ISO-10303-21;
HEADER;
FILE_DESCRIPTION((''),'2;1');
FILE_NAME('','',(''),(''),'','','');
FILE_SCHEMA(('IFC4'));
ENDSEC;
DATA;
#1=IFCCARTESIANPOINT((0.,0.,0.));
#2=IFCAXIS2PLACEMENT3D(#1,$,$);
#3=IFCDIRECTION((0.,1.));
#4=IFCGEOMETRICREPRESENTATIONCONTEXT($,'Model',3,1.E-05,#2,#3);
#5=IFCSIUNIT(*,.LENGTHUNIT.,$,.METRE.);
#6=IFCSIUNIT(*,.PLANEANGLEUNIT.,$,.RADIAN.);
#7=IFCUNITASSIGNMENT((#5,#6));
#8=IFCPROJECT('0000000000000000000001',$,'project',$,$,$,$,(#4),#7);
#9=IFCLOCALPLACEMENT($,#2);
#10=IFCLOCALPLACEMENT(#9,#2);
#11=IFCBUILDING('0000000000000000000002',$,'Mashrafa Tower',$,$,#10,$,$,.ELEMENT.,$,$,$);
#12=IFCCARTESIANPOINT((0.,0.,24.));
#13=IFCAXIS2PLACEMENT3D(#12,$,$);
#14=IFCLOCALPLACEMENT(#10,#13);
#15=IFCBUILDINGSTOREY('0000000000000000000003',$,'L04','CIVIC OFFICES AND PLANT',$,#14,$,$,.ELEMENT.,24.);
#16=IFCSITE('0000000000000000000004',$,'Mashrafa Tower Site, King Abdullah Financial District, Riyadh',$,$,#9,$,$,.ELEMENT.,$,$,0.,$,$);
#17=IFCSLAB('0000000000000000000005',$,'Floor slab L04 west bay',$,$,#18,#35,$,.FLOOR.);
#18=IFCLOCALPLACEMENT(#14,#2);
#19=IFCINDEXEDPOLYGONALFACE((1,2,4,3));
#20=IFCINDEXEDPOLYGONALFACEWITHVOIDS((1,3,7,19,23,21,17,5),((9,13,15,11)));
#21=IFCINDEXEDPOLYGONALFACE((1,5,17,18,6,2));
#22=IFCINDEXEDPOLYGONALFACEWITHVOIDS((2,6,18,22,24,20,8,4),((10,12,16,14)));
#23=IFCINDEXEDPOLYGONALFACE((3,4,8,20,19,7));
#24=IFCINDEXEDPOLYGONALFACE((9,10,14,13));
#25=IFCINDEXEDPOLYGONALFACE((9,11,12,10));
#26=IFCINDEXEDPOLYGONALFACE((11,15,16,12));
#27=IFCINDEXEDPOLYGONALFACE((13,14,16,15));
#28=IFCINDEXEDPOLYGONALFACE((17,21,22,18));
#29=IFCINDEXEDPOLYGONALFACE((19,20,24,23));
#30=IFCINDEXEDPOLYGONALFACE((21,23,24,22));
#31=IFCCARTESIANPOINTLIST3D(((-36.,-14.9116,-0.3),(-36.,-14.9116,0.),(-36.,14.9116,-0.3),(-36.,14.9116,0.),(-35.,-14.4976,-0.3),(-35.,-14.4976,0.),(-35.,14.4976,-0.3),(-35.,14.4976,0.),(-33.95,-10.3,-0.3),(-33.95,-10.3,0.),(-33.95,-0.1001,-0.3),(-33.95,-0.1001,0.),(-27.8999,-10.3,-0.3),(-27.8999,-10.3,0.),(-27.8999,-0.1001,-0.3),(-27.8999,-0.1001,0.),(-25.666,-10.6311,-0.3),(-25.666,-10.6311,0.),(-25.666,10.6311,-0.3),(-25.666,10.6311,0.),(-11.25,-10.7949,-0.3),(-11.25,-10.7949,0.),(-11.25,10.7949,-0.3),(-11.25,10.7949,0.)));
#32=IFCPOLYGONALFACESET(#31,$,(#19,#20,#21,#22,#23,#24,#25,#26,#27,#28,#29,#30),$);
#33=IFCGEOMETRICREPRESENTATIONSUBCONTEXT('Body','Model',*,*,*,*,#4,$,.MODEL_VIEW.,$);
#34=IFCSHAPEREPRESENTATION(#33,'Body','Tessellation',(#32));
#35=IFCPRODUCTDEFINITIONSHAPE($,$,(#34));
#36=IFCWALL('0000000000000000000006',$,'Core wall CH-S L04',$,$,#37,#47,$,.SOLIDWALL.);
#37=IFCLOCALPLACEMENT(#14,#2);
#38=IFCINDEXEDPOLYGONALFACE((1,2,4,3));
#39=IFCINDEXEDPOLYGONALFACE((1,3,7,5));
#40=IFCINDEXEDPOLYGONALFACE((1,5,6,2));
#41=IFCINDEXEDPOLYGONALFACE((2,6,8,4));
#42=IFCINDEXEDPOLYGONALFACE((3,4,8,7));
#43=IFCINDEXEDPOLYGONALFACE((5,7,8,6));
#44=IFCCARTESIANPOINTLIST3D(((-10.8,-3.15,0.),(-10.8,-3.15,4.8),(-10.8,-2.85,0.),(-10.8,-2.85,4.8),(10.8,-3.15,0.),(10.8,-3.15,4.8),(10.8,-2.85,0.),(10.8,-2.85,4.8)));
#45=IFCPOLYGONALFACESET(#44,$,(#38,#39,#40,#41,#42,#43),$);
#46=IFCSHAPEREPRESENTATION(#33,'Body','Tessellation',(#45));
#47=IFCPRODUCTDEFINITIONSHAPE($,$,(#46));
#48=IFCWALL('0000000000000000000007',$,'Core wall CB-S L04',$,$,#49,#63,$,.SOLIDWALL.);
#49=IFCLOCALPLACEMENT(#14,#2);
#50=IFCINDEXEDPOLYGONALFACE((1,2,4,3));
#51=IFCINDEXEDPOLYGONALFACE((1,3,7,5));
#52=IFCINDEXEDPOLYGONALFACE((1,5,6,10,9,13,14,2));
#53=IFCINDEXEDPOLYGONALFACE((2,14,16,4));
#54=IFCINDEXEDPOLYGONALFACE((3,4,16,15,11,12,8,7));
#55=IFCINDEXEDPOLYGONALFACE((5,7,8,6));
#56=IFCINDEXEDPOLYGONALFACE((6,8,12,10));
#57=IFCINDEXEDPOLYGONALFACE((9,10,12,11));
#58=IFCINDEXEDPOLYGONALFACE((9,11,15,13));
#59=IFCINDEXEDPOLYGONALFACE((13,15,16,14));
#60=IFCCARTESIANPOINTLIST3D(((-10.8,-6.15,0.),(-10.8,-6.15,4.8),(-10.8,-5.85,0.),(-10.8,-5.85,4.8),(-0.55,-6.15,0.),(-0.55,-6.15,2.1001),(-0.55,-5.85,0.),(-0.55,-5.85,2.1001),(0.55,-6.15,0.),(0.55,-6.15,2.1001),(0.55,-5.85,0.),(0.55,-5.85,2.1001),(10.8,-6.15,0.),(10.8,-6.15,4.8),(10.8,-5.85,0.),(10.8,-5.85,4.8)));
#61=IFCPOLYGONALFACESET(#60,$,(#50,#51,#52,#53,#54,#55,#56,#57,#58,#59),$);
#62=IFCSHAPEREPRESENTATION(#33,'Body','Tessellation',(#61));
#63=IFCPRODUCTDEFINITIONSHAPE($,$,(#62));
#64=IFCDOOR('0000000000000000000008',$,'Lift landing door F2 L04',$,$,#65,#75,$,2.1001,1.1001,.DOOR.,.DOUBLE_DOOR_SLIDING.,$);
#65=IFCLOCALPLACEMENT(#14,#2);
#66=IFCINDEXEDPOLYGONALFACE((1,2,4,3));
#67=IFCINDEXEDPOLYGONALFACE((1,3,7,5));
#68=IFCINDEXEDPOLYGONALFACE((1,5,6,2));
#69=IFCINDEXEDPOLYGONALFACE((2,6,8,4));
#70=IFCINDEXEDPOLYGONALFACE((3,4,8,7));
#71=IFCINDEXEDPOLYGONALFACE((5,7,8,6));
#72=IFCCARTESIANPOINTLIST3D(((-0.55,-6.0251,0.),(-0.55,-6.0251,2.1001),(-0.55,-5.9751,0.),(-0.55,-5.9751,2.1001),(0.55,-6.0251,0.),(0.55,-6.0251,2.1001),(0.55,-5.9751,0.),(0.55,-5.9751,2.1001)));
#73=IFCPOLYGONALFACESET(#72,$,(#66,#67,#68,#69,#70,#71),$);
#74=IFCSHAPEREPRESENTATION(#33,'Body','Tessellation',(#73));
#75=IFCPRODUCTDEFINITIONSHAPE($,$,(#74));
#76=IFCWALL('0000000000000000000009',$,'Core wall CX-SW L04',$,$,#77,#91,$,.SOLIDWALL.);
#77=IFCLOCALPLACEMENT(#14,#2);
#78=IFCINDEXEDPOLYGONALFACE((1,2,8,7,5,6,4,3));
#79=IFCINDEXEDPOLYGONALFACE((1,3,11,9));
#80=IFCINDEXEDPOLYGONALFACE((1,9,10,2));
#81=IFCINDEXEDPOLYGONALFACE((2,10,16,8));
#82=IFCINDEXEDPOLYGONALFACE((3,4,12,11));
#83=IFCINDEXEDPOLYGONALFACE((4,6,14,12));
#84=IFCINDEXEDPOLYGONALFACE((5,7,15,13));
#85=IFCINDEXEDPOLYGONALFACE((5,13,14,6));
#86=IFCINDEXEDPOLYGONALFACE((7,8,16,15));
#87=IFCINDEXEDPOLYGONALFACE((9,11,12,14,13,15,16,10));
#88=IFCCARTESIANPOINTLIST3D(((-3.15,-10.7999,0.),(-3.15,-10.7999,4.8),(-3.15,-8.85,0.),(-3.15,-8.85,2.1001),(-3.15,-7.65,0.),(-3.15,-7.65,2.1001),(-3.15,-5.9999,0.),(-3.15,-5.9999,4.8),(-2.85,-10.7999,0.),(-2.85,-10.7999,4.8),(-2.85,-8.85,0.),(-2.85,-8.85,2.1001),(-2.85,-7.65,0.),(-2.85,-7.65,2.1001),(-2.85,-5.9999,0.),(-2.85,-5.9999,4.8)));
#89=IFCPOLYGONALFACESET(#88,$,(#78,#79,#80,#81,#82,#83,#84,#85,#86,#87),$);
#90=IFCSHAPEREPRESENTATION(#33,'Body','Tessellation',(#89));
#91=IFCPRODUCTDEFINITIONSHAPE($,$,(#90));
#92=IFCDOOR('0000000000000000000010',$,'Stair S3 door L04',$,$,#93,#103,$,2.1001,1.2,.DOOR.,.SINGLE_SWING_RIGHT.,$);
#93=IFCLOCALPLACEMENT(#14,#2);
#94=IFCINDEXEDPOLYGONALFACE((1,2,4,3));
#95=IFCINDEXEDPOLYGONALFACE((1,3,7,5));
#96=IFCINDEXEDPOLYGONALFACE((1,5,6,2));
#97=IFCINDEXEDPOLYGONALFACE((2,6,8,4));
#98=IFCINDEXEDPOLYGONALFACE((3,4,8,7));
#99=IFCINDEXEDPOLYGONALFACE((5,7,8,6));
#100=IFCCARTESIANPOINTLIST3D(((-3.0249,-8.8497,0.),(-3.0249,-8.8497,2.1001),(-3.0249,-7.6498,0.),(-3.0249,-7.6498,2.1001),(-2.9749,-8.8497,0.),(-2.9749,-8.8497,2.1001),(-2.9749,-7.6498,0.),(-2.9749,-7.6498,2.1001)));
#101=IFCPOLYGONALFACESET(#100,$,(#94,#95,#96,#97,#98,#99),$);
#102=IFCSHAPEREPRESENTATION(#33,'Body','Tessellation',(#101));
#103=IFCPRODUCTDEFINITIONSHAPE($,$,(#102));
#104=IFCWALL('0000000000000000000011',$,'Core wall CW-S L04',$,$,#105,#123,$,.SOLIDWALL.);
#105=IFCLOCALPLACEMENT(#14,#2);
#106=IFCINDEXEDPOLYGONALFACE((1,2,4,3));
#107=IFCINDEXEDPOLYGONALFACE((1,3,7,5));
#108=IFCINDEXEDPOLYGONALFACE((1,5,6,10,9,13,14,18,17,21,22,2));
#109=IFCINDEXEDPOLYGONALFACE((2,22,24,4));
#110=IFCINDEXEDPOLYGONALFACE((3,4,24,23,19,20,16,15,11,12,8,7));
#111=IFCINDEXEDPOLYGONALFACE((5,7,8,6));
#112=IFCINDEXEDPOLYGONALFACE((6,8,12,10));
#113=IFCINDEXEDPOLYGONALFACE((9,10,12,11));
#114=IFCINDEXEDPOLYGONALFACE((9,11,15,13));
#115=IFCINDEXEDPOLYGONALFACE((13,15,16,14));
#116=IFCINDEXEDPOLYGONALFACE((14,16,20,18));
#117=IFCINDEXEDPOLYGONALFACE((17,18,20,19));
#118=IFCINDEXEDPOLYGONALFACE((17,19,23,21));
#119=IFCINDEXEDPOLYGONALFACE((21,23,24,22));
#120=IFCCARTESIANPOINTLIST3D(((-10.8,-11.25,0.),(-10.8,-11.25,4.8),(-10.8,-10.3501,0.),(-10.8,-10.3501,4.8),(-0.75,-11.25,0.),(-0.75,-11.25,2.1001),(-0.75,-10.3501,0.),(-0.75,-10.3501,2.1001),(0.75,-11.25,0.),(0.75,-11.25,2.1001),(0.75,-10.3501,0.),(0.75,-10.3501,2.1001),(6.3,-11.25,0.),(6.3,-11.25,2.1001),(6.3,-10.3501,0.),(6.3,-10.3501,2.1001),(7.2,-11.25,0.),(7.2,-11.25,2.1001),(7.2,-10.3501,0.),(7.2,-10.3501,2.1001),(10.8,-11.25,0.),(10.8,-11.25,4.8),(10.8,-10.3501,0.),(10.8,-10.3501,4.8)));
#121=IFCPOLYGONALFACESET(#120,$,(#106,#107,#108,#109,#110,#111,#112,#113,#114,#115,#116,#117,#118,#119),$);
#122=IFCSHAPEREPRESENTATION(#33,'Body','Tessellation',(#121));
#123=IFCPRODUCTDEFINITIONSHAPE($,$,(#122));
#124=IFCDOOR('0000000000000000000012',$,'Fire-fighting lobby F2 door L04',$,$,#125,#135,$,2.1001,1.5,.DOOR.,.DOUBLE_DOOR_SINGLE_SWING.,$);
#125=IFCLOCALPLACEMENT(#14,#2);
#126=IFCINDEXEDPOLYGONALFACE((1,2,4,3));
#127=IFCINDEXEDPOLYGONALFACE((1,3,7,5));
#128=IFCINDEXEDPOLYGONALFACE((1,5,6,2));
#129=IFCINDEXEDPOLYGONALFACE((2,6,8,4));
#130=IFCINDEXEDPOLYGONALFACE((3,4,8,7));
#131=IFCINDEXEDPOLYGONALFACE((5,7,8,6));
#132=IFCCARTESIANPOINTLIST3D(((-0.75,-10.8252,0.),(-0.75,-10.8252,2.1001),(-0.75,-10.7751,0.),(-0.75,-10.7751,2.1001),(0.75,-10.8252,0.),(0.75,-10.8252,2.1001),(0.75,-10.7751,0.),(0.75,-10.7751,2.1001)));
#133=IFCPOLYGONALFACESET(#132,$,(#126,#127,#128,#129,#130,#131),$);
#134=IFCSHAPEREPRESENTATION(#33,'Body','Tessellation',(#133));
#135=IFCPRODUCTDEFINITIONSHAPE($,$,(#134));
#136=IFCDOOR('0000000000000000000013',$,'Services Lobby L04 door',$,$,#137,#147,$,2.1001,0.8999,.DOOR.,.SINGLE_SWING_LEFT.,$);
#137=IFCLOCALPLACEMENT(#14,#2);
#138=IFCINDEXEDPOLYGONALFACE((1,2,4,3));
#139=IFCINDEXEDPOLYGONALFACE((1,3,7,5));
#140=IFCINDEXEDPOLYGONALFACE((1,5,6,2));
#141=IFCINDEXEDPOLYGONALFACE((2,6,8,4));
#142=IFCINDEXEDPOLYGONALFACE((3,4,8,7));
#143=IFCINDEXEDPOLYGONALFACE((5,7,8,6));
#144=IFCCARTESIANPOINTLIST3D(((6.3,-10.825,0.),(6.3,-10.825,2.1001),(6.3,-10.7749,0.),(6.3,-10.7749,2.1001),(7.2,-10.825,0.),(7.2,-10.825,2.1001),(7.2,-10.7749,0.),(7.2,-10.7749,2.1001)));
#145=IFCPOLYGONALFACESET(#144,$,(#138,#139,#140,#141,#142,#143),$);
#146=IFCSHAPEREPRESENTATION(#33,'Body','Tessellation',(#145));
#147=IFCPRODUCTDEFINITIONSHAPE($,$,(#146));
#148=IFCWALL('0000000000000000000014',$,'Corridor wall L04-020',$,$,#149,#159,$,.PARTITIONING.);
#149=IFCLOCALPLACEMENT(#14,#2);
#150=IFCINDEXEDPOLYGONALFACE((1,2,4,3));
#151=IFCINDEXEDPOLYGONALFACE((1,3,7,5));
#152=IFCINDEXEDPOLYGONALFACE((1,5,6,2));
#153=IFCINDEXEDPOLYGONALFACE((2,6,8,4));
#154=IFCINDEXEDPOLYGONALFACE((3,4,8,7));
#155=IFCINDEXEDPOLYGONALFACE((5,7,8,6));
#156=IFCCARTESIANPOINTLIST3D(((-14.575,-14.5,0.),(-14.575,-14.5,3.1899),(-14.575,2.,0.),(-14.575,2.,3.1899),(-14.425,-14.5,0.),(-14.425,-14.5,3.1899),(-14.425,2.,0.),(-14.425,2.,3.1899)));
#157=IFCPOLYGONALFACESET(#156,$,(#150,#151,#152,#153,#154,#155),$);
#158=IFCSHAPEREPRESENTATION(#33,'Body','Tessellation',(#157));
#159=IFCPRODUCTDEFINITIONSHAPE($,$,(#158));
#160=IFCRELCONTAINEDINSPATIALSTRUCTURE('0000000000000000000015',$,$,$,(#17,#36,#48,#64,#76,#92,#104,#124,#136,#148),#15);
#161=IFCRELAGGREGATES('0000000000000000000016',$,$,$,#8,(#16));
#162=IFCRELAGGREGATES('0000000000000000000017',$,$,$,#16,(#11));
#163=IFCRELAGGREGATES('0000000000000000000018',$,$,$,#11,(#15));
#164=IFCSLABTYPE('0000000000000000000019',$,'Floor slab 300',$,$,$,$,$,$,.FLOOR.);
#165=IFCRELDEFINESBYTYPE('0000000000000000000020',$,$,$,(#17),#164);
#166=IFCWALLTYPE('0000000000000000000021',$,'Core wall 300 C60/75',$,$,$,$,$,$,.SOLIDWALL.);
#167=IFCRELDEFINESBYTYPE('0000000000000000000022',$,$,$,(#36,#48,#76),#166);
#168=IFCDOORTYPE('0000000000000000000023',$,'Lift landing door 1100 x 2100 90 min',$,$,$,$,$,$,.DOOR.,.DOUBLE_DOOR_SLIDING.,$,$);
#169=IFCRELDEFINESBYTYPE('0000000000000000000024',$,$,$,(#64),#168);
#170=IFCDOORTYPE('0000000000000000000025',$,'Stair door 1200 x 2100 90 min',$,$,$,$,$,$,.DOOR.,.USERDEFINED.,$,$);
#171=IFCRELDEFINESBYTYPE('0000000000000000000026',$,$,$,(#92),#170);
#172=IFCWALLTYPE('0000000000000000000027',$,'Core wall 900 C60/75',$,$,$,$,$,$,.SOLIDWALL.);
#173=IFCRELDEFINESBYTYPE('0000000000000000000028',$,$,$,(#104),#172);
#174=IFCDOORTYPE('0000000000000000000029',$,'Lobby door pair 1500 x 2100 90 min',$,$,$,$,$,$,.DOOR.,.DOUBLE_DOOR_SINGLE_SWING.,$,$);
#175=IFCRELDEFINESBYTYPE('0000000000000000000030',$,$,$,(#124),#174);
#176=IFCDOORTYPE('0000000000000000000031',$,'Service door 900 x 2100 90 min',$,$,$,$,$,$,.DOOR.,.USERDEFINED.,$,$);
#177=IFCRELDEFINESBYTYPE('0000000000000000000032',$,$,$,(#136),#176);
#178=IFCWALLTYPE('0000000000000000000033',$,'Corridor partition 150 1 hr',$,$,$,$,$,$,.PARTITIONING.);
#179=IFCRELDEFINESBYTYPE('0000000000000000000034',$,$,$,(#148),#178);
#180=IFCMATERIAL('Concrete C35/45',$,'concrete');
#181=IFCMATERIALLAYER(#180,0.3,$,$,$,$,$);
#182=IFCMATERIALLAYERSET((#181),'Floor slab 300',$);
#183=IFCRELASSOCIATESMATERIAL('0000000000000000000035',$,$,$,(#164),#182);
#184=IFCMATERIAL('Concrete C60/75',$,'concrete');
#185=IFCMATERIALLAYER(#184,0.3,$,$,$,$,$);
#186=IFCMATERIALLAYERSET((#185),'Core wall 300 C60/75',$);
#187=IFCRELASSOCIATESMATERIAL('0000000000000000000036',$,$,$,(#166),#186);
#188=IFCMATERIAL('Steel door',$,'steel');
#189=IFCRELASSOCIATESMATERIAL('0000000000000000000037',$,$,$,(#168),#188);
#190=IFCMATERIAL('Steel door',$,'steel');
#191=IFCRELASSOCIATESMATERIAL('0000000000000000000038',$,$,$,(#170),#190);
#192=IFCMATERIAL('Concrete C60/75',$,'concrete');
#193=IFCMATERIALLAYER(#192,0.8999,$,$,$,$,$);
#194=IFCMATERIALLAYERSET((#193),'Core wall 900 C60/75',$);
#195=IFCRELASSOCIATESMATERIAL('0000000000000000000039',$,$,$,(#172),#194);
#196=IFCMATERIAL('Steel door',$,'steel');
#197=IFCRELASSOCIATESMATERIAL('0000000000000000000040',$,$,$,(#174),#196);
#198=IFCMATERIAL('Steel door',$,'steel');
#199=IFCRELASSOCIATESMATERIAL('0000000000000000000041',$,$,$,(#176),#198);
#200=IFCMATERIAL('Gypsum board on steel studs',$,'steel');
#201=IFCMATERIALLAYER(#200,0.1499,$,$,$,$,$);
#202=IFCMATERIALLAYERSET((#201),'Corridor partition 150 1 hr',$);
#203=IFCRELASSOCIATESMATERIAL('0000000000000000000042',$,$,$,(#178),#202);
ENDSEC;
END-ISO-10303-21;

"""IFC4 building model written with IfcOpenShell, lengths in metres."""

from ifc_helpers import new_model, si_unit, direction, frame, frame_2d, origin, place, context, subcontext, project, spatial, polyline, rectangle, outline, extrude, material, layer, layer_set, type_object, element, fill, save


model = new_model("IFC4")

# Units and contexts
model_context = context("Model", 3, precision=1e-05, world=origin(), true_north=direction((0.0, 1.0)))
body_context = subcontext(model_context, "Body", "Model", "MODEL_VIEW")
ifc_project = project(units=[si_unit("LENGTHUNIT", "METRE"), si_unit("PLANEANGLEUNIT", "RADIAN")], contexts=[model_context])

# Site, building, storey
site_placement = place(None, origin())
site = spatial("IfcSite", under=ifc_project, at=site_placement, Name="Mashrafa Tower Site, King Abdullah Financial District, Riyadh", CompositionType="ELEMENT", RefElevation=0.0)
building_placement = place(site_placement, origin())
building = spatial("IfcBuilding", under=site, at=building_placement, Name="Mashrafa Tower", CompositionType="ELEMENT")
storey_placement = place(building_placement, frame((0.0, 0.0, 24.0)))
storey = spatial("IfcBuildingStorey", under=building, at=storey_placement, Name="L04", Description="CIVIC OFFICES AND PLANT", CompositionType="ELEMENT", Elevation=24.0)

# Slab
ifc_material_1 = material(Name="Concrete C35/45", Category="concrete")
ifc_layer_1 = layer(ifc_material_1, 0.3)
ifc_layer_set_1 = layer_set([ifc_layer_1], Name="Floor slab 300")
slab_type = type_object("IfcSlabType", Name="Floor slab 300", PredefinedType="FLOOR", material=ifc_layer_set_1)
slab_1_placement = place(storey_placement, frame((0.0, 0.0, -0.3)))
element("IfcSlab", 1, at=slab_1_placement, inside=storey, type_object=slab_type, Name="Floor slab L04 west bay", PredefinedType="FLOOR", context=body_context, shape_type="SweptSolid", body=[
    extrude(outline(polyline([(-36.0, -14.9116), (-36.0, 14.9116), (-36.0, 14.9116), (-35.0, 14.4976), (-25.666, 10.6311), (-11.25, 10.7949), (-11.25, -10.7949), (-25.666, -10.6311), (-35.0, -14.4976), (-36.0, -14.9116), (-36.0, -14.9116)]), holes=[polyline([(-27.8999, -10.3), (-27.8999, -0.1001), (-33.95, -0.1001), (-33.95, -10.3), (-27.8999, -10.3)])]), origin(), (0.0, 0.0, 1.0), 0.3),
])

# Wall
ifc_material_2 = material(Name="Concrete C60/75", Category="concrete")
ifc_layer_2 = layer(ifc_material_2, 0.3)
ifc_layer_set_2 = layer_set([ifc_layer_2], Name="Core wall 300 C60/75")
wall_type_1 = type_object("IfcWallType", Name="Core wall 300 C60/75", PredefinedType="SOLIDWALL", material=ifc_layer_set_2)
wall_1_placement = place(storey_placement, frame((-10.8, -3.0, 0.0), z_axis=(0.0, 0.0, 1.0), x_axis=(1.0, 0.0, 0.0)))
element("IfcWall", 2, at=wall_1_placement, inside=storey, type_object=wall_type_1, Name="Core wall CH-S L04", PredefinedType="SOLIDWALL", context=body_context, shape_type="SweptSolid", body=[
    extrude(rectangle(XDim=21.6001, YDim=0.3, at=frame_2d((10.8, 0.0))), origin(), (0.0, 0.0, 1.0), 4.8),
])

# Walls, openings, doors
wall_2_placement = place(storey_placement, frame((-10.8, -6.0, 0.0), z_axis=(0.0, 0.0, 1.0), x_axis=(1.0, 0.0, 0.0)))
wall_2 = element("IfcWall", 3, at=wall_2_placement, inside=storey, type_object=wall_type_1, Name="Core wall CB-S L04", PredefinedType="SOLIDWALL", context=body_context, shape_type="SweptSolid", body=[
    extrude(rectangle(XDim=21.6001, YDim=0.3, at=frame_2d((10.8, 0.0))), origin(), (0.0, 0.0, 1.0), 4.8),
])
opening_1_placement = place(wall_2_placement, frame((10.25, 0.0, 0.0)))
opening_1 = element("IfcOpeningElement", 4, at=opening_1_placement, cuts=wall_2, PredefinedType="OPENING", context=body_context, shape_type="SweptSolid", body=[
    extrude(rectangle(XDim=1.1001, YDim=2.1001, at=frame_2d((0.55, 1.05))), frame((0.0, 0.1599, 0.0), z_axis=(0.0, -1.0, 0.0), x_axis=(1.0, 0.0, 0.0)), (0.0, 0.0, 1.0), 0.3201),
])
ifc_material_3 = material(Name="Steel door", Category="steel")
door_type_1 = type_object("IfcDoorType", Name="Lift landing door 1100 x 2100 90 min", OperationType="DOUBLE_DOOR_SLIDING", PredefinedType="DOOR", material=ifc_material_3)
door_1_placement = place(opening_1_placement, origin())
door_1 = element("IfcDoor", 5, at=door_1_placement, inside=storey, type_object=door_type_1, Name="Lift landing door F2 L04", OperationType="DOUBLE_DOOR_SLIDING", OverallHeight=2.1001, OverallWidth=1.1001, PredefinedType="DOOR", context=body_context, shape_type="SweptSolid", body=[
    extrude(rectangle(XDim=1.1001, YDim=2.1001, at=frame_2d((0.55, 1.05))), frame((0.0, 0.0249, 0.0), z_axis=(0.0, -1.0, 0.0), x_axis=(1.0, 0.0, 0.0)), (0.0, 0.0, 1.0), 0.05),
])
fill(opening_1, door_1)
wall_3_placement = place(storey_placement, frame((-3.0, -6.0, 0.0), z_axis=(0.0, 0.0, 1.0), x_axis=(0.0, -1.0, 0.0)))
wall_3 = element("IfcWall", 6, at=wall_3_placement, inside=storey, type_object=wall_type_1, Name="Core wall CX-SW L04", PredefinedType="SOLIDWALL", context=body_context, shape_type="SweptSolid", body=[
    extrude(rectangle(XDim=4.8, YDim=0.3, at=frame_2d((2.3999, 0.0))), origin(), (0.0, 0.0, 1.0), 4.8),
])
opening_2_placement = place(wall_3_placement, frame((1.6499, 0.0, 0.0)))
opening_2 = element("IfcOpeningElement", 7, at=opening_2_placement, cuts=wall_3, PredefinedType="OPENING", context=body_context, shape_type="SweptSolid", body=[
    extrude(rectangle(XDim=1.2, YDim=2.1001, at=frame_2d((0.6001, 1.05))), frame((0.0, 0.1599, 0.0), z_axis=(0.0, -1.0, 0.0), x_axis=(1.0, 0.0, 0.0)), (0.0, 0.0, 1.0), 0.3201),
])
ifc_material_4 = material(Name="Steel door", Category="steel")
door_type_2 = type_object("IfcDoorType", Name="Stair door 1200 x 2100 90 min", OperationType="USERDEFINED", PredefinedType="DOOR", material=ifc_material_4)
door_2_placement = place(opening_2_placement, frame((1.2, 0.0, 0.0), z_axis=(0.0, 0.0, 1.0), x_axis=(-1.0, 0.0, 0.0)))
door_2 = element("IfcDoor", 8, at=door_2_placement, inside=storey, type_object=door_type_2, Name="Stair S3 door L04", OperationType="SINGLE_SWING_RIGHT", OverallHeight=2.1001, OverallWidth=1.2, PredefinedType="DOOR", context=body_context, shape_type="SweptSolid", body=[
    extrude(rectangle(XDim=1.2, YDim=2.1001, at=frame_2d((0.6001, 1.05))), frame((0.0, 0.0249, 0.0), z_axis=(0.0, -1.0, 0.0), x_axis=(1.0, 0.0, 0.0)), (0.0, 0.0, 1.0), 0.05),
])
fill(opening_2, door_2)

# Wall, openings, doors
ifc_material_5 = material(Name="Concrete C60/75", Category="concrete")
ifc_layer_3 = layer(ifc_material_5, 0.8999)
ifc_layer_set_3 = layer_set([ifc_layer_3], Name="Core wall 900 C60/75")
wall_type_2 = type_object("IfcWallType", Name="Core wall 900 C60/75", PredefinedType="SOLIDWALL", material=ifc_layer_set_3)
wall_4_placement = place(storey_placement, frame((-10.8, -10.8, 0.0), z_axis=(0.0, 0.0, 1.0), x_axis=(1.0, 0.0, 0.0)))
wall_4 = element("IfcWall", 9, at=wall_4_placement, inside=storey, type_object=wall_type_2, Name="Core wall CW-S L04", PredefinedType="SOLIDWALL", context=body_context, shape_type="SweptSolid", body=[
    extrude(rectangle(XDim=21.6001, YDim=0.8999, at=frame_2d((10.8, 0.0))), origin(), (0.0, 0.0, 1.0), 4.8),
])
opening_3_placement = place(wall_4_placement, frame((10.05, 0.0, 0.0)))
opening_3 = element("IfcOpeningElement", 10, at=opening_3_placement, cuts=wall_4, PredefinedType="OPENING", context=body_context, shape_type="SweptSolid", body=[
    extrude(rectangle(XDim=1.5, YDim=2.1001, at=frame_2d((0.75, 1.05))), frame((0.0, 0.46, 0.0), z_axis=(0.0, -1.0, 0.0), x_axis=(1.0, 0.0, 0.0)), (0.0, 0.0, 1.0), 0.9199),
])
opening_4_placement = place(wall_4_placement, frame((17.1001, 0.0, 0.0)))
opening_4 = element("IfcOpeningElement", 11, at=opening_4_placement, cuts=wall_4, PredefinedType="OPENING", context=body_context, shape_type="SweptSolid", body=[
    extrude(rectangle(XDim=0.8999, YDim=2.1001, at=frame_2d((0.45, 1.05))), frame((0.0, 0.46, 0.0), z_axis=(0.0, -1.0, 0.0), x_axis=(1.0, 0.0, 0.0)), (0.0, 0.0, 1.0), 0.9199),
])
ifc_material_6 = material(Name="Steel door", Category="steel")
door_type_3 = type_object("IfcDoorType", Name="Lobby door pair 1500 x 2100 90 min", OperationType="DOUBLE_DOOR_SINGLE_SWING", PredefinedType="DOOR", material=ifc_material_6)
door_3_placement = place(opening_3_placement, origin())
door_3 = element("IfcDoor", 12, at=door_3_placement, inside=storey, type_object=door_type_3, Name="Fire-fighting lobby F2 door L04", OperationType="DOUBLE_DOOR_SINGLE_SWING", OverallHeight=2.1001, OverallWidth=1.5, PredefinedType="DOOR", context=body_context, shape_type="SweptSolid", body=[
    extrude(rectangle(XDim=1.5, YDim=2.1001, at=frame_2d((0.75, 1.05))), frame((0.0, 0.0249, 0.0), z_axis=(0.0, -1.0, 0.0), x_axis=(1.0, 0.0, 0.0)), (0.0, 0.0, 1.0), 0.05),
])
fill(opening_3, door_3)
ifc_material_7 = material(Name="Steel door", Category="steel")
door_type_4 = type_object("IfcDoorType", Name="Service door 900 x 2100 90 min", OperationType="USERDEFINED", PredefinedType="DOOR", material=ifc_material_7)
door_4_placement = place(opening_4_placement, frame((0.8999, 0.0, 0.0), z_axis=(0.0, 0.0, 1.0), x_axis=(-1.0, 0.0, 0.0)))
door_4 = element("IfcDoor", 13, at=door_4_placement, inside=storey, type_object=door_type_4, Name="Services Lobby L04 door", OperationType="SINGLE_SWING_LEFT", OverallHeight=2.1001, OverallWidth=0.8999, PredefinedType="DOOR", context=body_context, shape_type="SweptSolid", body=[
    extrude(rectangle(XDim=0.8999, YDim=2.1001, at=frame_2d((0.45, 1.05))), frame((0.0, 0.0249, 0.0), z_axis=(0.0, -1.0, 0.0), x_axis=(1.0, 0.0, 0.0)), (0.0, 0.0, 1.0), 0.05),
])
fill(opening_4, door_4)

# Wall
ifc_material_8 = material(Name="Gypsum board on steel studs", Category="steel")
ifc_layer_4 = layer(ifc_material_8, 0.1499)
ifc_layer_set_4 = layer_set([ifc_layer_4], Name="Corridor partition 150 1 hr")
wall_type_3 = type_object("IfcWallType", Name="Corridor partition 150 1 hr", PredefinedType="PARTITIONING", material=ifc_layer_set_4)
wall_5_placement = place(storey_placement, frame((-14.5, -14.5, 0.0), z_axis=(0.0, 0.0, 1.0), x_axis=(0.0, 1.0, 0.0)))
element("IfcWall", 14, at=wall_5_placement, inside=storey, type_object=wall_type_3, Name="Corridor wall L04-020", PredefinedType="PARTITIONING", context=body_context, shape_type="SweptSolid", body=[
    extrude(rectangle(XDim=16.5, YDim=0.1499, at=frame_2d((8.25, 0.0))), origin(), (0.0, 0.0, 1.0), 3.1899),
])

save(model, "model.ifc")
